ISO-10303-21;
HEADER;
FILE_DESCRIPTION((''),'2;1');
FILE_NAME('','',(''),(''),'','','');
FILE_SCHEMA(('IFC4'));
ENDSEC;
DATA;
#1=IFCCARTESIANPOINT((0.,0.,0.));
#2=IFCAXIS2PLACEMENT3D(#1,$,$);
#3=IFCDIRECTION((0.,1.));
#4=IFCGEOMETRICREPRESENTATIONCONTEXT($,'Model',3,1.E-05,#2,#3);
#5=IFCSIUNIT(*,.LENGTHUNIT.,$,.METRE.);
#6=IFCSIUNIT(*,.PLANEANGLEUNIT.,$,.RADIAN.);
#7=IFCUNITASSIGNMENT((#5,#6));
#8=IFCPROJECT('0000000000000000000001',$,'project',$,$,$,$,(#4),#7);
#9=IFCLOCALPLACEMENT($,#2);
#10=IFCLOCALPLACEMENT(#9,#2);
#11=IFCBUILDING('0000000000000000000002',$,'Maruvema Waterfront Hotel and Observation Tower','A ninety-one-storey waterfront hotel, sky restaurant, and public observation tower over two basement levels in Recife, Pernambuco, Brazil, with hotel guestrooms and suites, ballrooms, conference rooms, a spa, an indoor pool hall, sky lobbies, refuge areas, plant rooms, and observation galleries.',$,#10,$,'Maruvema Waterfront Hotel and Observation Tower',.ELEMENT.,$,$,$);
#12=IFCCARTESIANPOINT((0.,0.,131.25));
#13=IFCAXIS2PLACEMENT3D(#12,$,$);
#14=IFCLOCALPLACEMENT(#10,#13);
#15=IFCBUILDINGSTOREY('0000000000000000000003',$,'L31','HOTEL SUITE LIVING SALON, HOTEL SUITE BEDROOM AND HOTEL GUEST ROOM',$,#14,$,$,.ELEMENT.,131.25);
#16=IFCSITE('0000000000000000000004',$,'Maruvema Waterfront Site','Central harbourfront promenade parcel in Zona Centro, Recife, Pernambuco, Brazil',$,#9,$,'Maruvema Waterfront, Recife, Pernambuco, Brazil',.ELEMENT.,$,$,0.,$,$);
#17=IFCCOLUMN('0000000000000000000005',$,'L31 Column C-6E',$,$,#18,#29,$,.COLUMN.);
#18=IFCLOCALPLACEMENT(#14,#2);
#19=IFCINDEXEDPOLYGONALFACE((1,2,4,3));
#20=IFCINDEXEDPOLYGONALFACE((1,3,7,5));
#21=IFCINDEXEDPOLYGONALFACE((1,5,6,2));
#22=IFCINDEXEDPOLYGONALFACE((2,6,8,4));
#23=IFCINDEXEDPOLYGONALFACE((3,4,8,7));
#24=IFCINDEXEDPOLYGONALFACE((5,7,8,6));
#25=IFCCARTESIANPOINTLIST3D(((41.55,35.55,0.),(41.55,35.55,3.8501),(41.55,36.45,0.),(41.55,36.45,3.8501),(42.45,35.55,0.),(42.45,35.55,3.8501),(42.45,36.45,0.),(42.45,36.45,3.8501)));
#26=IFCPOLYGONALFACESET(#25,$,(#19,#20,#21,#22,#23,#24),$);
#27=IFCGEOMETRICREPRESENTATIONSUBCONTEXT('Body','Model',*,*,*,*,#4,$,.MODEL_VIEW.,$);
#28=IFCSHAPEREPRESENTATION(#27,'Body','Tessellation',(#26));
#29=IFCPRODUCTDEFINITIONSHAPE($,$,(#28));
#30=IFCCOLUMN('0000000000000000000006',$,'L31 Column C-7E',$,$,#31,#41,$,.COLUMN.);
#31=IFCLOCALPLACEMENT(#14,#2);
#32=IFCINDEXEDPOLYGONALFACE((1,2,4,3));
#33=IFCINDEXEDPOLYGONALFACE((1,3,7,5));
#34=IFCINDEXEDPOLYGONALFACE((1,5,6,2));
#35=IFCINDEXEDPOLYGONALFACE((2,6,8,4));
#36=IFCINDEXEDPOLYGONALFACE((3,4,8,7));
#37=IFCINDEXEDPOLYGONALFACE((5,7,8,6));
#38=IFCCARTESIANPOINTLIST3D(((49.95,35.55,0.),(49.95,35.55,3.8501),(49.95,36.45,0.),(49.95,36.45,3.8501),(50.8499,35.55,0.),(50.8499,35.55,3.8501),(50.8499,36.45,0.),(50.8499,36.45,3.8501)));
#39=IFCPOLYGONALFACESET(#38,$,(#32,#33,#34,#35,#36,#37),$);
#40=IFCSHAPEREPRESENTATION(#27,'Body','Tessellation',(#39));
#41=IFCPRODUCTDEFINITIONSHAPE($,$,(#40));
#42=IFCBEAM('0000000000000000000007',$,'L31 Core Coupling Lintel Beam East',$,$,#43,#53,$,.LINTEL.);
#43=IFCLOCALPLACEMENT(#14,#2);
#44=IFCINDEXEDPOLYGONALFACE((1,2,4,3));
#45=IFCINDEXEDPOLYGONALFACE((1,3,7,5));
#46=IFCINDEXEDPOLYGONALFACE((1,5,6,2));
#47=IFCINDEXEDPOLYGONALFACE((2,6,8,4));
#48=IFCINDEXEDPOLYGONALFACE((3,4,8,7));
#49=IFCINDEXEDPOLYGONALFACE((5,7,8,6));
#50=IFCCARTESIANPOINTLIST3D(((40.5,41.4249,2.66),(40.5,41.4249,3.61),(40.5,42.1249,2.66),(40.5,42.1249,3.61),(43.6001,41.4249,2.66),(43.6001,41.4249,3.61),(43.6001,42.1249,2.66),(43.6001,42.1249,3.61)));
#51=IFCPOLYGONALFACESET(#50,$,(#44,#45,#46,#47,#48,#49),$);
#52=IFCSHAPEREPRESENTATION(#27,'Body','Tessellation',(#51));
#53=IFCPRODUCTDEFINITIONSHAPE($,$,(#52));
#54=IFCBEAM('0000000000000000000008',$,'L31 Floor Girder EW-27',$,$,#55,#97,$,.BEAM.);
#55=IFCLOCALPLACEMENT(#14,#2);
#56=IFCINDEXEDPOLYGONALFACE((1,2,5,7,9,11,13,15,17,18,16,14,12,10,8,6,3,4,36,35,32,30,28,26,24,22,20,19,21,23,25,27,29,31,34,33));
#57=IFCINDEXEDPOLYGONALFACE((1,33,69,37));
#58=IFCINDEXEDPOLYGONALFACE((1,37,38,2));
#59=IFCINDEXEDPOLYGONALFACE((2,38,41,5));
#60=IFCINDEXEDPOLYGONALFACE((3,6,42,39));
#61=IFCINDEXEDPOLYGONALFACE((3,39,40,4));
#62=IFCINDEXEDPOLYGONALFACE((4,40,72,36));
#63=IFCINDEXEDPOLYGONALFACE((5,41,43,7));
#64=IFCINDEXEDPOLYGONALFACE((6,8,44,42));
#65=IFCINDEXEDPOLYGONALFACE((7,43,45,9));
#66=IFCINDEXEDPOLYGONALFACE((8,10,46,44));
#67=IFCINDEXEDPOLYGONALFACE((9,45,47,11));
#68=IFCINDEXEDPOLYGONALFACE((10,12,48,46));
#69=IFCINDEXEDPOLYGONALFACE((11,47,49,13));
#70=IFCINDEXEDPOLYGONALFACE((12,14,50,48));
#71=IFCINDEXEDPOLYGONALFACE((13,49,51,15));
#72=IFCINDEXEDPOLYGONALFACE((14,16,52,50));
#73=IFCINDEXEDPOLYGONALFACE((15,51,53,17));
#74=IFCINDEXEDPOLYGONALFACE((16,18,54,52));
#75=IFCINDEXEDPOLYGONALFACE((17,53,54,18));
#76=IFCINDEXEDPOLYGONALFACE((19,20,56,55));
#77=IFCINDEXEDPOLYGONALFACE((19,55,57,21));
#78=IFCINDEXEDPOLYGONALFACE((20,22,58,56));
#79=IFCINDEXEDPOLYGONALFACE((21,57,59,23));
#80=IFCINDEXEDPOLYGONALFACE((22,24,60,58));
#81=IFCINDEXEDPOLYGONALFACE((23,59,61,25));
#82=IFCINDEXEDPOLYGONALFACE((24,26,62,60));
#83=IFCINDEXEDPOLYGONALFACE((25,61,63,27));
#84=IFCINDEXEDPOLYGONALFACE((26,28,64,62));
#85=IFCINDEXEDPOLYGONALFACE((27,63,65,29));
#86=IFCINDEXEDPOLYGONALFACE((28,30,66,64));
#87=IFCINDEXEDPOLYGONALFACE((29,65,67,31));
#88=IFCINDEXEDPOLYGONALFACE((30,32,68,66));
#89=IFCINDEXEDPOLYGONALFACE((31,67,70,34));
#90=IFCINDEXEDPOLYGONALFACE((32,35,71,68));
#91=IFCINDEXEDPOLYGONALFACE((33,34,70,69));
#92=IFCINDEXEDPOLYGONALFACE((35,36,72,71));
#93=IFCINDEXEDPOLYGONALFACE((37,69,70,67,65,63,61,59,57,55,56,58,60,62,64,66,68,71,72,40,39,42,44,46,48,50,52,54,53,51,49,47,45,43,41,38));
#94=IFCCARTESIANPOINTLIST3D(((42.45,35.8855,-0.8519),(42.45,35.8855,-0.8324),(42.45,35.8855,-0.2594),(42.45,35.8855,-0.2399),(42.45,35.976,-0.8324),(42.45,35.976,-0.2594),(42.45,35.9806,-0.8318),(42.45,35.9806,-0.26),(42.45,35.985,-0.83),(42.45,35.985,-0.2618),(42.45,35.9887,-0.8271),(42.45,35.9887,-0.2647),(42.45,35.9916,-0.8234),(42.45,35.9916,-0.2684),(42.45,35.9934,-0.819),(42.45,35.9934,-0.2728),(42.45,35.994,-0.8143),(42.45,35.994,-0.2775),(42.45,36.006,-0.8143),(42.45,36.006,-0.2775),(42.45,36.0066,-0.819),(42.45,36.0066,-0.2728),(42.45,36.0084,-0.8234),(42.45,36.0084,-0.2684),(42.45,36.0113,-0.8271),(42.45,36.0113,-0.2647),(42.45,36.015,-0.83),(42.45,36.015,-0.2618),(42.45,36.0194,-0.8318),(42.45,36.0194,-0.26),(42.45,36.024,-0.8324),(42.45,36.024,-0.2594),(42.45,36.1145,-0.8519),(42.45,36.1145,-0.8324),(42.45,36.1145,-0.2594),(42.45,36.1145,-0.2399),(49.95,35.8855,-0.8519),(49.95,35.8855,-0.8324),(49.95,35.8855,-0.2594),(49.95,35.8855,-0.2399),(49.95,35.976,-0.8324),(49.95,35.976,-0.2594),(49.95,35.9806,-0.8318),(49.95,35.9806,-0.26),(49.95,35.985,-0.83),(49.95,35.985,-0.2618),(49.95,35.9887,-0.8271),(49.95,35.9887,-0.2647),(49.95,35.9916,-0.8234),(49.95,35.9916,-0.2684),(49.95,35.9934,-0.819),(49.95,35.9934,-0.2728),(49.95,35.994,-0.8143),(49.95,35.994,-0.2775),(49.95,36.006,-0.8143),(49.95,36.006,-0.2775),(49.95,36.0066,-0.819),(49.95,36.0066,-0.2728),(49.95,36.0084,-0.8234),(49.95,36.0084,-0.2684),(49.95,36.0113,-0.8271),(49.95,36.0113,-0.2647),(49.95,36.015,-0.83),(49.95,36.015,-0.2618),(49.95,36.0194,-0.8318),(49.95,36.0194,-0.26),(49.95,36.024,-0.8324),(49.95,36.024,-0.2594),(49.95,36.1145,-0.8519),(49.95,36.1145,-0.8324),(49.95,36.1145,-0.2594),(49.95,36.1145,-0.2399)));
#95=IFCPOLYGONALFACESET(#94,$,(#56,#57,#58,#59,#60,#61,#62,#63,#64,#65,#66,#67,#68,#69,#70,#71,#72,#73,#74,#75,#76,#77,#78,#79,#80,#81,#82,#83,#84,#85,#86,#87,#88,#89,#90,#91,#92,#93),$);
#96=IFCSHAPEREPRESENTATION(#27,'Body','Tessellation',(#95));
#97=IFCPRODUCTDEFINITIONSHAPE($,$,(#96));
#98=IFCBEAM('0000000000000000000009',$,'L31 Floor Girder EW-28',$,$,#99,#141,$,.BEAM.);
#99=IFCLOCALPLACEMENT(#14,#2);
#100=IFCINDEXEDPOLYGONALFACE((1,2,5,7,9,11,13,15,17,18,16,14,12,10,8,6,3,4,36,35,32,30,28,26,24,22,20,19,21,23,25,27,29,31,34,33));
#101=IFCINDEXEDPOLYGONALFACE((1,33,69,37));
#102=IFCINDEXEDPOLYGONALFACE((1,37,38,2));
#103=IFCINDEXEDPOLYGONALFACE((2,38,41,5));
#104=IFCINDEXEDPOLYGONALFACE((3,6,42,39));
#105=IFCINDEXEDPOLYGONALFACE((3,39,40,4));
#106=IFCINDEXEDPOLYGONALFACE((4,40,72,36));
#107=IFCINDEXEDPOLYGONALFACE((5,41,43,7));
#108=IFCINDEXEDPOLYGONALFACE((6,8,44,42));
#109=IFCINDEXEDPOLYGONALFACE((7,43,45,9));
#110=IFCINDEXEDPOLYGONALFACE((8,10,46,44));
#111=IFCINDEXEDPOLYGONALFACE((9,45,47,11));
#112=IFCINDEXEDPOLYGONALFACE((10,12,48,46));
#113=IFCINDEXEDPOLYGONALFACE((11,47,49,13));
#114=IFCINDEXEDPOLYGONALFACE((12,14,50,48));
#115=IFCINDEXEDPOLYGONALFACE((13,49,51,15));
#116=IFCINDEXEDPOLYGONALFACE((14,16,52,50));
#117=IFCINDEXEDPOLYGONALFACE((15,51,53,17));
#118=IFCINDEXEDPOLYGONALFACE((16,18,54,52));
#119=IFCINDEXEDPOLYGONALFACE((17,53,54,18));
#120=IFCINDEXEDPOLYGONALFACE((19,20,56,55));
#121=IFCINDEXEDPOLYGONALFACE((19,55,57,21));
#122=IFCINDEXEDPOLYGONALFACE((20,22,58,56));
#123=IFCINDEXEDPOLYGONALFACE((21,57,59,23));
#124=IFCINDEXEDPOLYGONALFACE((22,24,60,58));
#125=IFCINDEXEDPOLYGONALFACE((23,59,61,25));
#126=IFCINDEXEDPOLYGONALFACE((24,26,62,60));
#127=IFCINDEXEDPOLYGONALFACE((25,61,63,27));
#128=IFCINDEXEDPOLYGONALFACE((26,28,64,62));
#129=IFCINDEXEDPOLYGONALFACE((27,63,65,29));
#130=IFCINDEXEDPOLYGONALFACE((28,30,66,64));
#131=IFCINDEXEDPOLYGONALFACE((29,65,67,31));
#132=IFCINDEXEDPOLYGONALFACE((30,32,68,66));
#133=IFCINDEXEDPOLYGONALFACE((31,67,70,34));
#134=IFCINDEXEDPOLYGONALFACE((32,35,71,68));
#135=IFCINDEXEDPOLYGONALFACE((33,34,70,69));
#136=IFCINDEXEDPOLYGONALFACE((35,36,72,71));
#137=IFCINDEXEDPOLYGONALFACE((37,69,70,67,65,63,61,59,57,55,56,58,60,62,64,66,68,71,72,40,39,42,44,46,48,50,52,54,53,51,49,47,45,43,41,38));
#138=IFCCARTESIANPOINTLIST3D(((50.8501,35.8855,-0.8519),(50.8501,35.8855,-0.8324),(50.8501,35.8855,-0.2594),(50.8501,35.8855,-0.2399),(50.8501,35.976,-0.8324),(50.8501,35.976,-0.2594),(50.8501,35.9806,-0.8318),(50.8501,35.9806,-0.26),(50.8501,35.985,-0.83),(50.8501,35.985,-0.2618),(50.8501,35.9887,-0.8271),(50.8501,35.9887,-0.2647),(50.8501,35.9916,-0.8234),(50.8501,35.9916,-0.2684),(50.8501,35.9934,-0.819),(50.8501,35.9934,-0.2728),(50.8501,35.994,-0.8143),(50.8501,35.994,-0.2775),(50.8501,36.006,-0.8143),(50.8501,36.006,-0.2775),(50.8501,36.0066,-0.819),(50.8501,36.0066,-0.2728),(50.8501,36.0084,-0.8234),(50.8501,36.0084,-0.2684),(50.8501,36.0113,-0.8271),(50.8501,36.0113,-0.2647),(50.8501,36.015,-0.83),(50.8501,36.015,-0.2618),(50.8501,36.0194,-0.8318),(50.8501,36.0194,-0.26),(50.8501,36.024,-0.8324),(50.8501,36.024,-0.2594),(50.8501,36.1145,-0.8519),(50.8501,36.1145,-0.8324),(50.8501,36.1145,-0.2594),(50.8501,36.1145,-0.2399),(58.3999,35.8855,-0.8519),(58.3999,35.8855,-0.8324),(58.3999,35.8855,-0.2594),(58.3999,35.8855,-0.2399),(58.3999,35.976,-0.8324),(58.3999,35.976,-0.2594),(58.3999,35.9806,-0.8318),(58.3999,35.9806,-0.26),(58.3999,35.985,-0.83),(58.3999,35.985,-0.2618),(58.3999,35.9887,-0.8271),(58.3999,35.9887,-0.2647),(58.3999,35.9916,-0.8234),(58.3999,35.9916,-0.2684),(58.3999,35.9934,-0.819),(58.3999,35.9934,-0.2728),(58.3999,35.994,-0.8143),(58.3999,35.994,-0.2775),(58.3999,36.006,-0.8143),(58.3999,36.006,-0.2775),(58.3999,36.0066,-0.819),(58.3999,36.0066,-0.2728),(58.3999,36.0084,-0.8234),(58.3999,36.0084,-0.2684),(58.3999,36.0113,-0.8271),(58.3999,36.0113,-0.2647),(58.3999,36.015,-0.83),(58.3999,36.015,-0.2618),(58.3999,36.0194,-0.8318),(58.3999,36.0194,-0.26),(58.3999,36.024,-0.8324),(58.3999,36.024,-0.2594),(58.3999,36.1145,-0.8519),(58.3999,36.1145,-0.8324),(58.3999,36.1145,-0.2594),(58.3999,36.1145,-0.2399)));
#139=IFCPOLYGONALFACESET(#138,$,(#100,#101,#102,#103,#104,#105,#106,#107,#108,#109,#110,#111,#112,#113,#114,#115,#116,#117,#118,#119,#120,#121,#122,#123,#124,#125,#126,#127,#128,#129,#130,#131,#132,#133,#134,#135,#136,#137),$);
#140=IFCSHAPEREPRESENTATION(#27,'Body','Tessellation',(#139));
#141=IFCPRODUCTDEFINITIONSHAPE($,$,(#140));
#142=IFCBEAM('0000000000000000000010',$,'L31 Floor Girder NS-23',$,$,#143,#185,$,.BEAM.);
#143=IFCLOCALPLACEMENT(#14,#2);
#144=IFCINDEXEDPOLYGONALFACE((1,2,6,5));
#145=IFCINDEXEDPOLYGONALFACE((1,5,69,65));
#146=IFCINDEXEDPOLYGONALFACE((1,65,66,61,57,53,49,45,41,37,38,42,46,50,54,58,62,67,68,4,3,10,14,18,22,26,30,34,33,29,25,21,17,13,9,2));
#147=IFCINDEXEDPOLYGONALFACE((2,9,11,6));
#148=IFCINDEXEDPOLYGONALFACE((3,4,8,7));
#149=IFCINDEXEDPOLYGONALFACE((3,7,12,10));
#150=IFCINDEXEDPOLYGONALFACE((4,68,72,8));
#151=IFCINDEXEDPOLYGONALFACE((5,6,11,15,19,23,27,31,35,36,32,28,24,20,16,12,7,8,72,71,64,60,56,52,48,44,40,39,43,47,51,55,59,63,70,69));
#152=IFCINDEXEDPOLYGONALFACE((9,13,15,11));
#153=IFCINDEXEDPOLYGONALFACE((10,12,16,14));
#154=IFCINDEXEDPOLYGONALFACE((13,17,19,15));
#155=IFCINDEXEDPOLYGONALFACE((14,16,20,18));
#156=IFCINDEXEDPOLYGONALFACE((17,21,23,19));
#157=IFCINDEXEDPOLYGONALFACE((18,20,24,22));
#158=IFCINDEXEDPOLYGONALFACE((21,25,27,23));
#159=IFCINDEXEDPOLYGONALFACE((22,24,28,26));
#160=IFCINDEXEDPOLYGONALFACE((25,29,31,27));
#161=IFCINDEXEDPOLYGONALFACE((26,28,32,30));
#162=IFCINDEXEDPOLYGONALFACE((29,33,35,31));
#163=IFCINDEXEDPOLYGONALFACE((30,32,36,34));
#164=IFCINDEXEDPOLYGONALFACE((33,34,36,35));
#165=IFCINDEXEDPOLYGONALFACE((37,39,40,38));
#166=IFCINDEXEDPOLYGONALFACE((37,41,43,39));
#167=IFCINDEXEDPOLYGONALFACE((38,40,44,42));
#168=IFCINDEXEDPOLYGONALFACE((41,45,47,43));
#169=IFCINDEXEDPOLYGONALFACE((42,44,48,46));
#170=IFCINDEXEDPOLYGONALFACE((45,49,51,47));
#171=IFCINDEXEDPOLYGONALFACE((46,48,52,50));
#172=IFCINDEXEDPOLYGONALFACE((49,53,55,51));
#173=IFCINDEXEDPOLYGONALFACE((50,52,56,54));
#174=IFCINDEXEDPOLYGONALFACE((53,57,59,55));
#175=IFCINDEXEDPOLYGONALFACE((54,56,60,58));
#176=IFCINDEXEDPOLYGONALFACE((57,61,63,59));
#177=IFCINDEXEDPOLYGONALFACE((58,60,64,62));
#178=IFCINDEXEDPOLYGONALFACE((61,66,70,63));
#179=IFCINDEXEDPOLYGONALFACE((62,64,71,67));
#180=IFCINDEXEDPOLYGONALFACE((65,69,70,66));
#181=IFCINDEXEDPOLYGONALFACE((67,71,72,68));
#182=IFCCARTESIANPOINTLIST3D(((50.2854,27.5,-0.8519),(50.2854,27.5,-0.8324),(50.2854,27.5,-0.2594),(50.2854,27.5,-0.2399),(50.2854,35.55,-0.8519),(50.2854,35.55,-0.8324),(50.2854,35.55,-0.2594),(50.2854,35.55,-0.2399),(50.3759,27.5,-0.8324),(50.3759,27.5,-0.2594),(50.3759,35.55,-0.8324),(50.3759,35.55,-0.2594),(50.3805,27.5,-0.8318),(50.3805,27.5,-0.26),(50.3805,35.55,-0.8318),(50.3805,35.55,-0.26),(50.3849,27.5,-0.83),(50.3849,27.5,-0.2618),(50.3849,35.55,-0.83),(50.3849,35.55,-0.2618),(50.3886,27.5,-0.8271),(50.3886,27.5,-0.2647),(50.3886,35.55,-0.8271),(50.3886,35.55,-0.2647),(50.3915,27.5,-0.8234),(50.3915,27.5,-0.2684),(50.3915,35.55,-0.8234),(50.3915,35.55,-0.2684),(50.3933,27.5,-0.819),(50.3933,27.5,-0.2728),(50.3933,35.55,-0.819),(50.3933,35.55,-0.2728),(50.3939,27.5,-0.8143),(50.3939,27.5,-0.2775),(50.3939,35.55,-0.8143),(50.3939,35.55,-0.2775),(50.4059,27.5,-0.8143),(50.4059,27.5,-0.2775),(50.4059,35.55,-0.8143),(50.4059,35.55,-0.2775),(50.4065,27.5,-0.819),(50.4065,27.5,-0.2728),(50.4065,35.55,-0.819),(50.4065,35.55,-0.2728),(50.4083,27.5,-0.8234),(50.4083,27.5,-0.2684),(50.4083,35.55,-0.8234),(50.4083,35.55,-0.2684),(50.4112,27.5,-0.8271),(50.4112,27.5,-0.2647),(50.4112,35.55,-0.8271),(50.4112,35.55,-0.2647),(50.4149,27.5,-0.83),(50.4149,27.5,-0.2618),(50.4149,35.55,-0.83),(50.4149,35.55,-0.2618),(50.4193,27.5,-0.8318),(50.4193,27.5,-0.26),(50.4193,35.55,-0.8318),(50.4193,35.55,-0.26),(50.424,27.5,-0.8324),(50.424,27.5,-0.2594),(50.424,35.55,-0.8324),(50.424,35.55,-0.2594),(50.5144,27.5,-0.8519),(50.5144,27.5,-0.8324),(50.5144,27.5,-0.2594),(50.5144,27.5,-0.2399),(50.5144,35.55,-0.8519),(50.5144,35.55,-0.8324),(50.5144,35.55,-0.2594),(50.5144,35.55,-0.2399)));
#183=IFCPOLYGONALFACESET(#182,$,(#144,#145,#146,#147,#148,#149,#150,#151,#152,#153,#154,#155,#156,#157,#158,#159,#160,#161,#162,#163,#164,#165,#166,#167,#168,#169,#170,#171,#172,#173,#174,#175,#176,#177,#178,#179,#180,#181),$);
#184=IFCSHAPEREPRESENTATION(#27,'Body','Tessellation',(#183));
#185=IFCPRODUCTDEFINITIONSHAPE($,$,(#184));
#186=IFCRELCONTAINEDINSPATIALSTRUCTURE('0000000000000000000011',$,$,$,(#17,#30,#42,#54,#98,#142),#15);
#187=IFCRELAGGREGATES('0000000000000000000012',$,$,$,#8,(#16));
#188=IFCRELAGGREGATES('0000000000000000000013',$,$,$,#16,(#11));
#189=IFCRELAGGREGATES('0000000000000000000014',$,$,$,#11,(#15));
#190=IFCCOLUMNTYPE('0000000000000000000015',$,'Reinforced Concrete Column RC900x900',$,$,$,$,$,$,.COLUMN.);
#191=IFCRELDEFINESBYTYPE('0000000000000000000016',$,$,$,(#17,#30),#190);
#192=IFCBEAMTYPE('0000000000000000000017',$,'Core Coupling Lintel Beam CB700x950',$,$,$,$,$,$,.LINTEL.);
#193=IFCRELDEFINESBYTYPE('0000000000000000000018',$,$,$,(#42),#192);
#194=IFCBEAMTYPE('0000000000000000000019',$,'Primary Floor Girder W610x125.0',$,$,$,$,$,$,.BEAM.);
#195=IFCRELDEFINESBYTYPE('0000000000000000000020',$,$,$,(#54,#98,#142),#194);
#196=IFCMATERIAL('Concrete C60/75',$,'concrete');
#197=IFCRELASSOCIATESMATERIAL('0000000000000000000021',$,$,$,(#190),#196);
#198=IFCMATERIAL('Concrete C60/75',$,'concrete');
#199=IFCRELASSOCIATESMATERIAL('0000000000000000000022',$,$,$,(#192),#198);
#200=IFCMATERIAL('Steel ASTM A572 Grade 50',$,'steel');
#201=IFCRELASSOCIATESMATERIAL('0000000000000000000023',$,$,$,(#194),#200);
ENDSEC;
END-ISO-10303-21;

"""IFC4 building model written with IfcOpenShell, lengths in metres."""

from ifc_helpers import new_model, si_unit, direction, frame, origin, origin_2d, place, context, subcontext, project, spatial, rectangle, i_section, extrude, material, material_profile, profile_set, type_object, element, save


model = new_model("IFC4")

# Units and contexts
model_context = context("Model", 3, precision=1e-05, world=origin(), true_north=direction((0.0, 1.0)))
body_context = subcontext(model_context, "Body", "Model", "MODEL_VIEW")
ifc_project = project(units=[si_unit("LENGTHUNIT", "METRE"), si_unit("PLANEANGLEUNIT", "RADIAN")], contexts=[model_context])

# Site, building, storey
site_placement = place(None, origin())
site = spatial("IfcSite", under=ifc_project, at=site_placement, Name="Maruvema Waterfront Site", Description="Central harbourfront promenade parcel in Zona Centro, Recife, Pernambuco, Brazil", LongName="Maruvema Waterfront, Recife, Pernambuco, Brazil", CompositionType="ELEMENT", RefElevation=0.0)
building_placement = place(site_placement, origin())
building = spatial("IfcBuilding", under=site, at=building_placement, Name="Maruvema Waterfront Hotel and Observation Tower", Description="A ninety-one-storey waterfront hotel, sky restaurant, and public observation tower over two basement levels in Recife, Pernambuco, Brazil, with hotel guestrooms and suites, ballrooms, conference rooms, a spa, an indoor pool hall, sky lobbies, refuge areas, plant rooms, and observation galleries.", LongName="Maruvema Waterfront Hotel and Observation Tower", CompositionType="ELEMENT")
storey_placement = place(building_placement, frame((0.0, 0.0, 131.25)))
storey = spatial("IfcBuildingStorey", under=building, at=storey_placement, Name="L31", Description="HOTEL SUITE LIVING SALON, HOTEL SUITE BEDROOM AND HOTEL GUEST ROOM", CompositionType="ELEMENT", Elevation=131.25)

# Columns
ifc_material_1 = material(Name="Concrete C60/75", Category="concrete")
ifc_material_profile_1 = material_profile(ifc_material_1, rectangle(XDim=0.8999, YDim=0.8999, at=origin_2d()), Name="RC900x900")
ifc_profile_set_1 = profile_set([ifc_material_profile_1], Name="Concrete C60/75")
column_type = type_object("IfcColumnType", Name="Reinforced Concrete Column RC900x900", PredefinedType="COLUMN", material=ifc_profile_set_1)
for number, where, z_axis, x_axis, name in (
    (1, (42.0, 36.0, 0.0), (0.0, 0.0, 1.0), (1.0, 0.0, 0.0), "L31 Column C-6E"),
    (2, (50.3999, 36.0, 0.0), (0.0, 0.0, 1.0), (1.0, 0.0, 0.0), "L31 Column C-7E"),
):
    element("IfcColumn", number, at=place(storey_placement, frame(where, z_axis=z_axis, x_axis=x_axis)), inside=storey, type_object=column_type, Name=name, PredefinedType="COLUMN", context=body_context, shape_type="SweptSolid", body=[
        extrude(rectangle(XDim=0.8999, YDim=0.8999, at=origin_2d()), origin(), (0.0, 0.0, 1.0), 3.8501),
    ])

# Beams
ifc_material_2 = material(Name="Concrete C60/75", Category="concrete")
ifc_material_profile_2 = material_profile(ifc_material_2, rectangle(XDim=0.7, YDim=0.95, at=origin_2d()), Name="CB700x950")
ifc_profile_set_2 = profile_set([ifc_material_profile_2], Name="Concrete C60/75")
beam_type_1 = type_object("IfcBeamType", Name="Core Coupling Lintel Beam CB700x950", PredefinedType="LINTEL", material=ifc_profile_set_2)
beam_1_placement = place(storey_placement, frame((40.5, 41.7749, 3.135), z_axis=(1.0, 0.0, 0.0), x_axis=(0.0, 1.0, 0.0)))
element("IfcBeam", 3, at=beam_1_placement, inside=storey, type_object=beam_type_1, Name="L31 Core Coupling Lintel Beam East", PredefinedType="LINTEL", context=body_context, shape_type="SweptSolid", body=[
    extrude(rectangle(XDim=0.7, YDim=0.95, at=origin_2d()), origin(), (0.0, 0.0, 1.0), 3.1001),
])
ifc_material_3 = material(Name="Steel ASTM A572 Grade 50", Category="steel")
ifc_material_profile_3 = material_profile(ifc_material_3, i_section(OverallWidth=0.229, OverallDepth=0.6121, WebThickness=0.012, FlangeThickness=0.0195, FilletRadius=0.0181, at=origin_2d()), Name="W610x125.0")
ifc_profile_set_3 = profile_set([ifc_material_profile_3], Name="Steel ASTM A572 Grade 50")
beam_type_2 = type_object("IfcBeamType", Name="Primary Floor Girder W610x125.0", PredefinedType="BEAM", material=ifc_profile_set_3)
beam_2_placement = place(storey_placement, frame((42.45, 36.0, -0.5459), z_axis=(1.0, 0.0, 0.0), x_axis=(0.0, 1.0, 0.0)))
element("IfcBeam", 4, at=beam_2_placement, inside=storey, type_object=beam_type_2, Name="L31 Floor Girder EW-27", PredefinedType="BEAM", context=body_context, shape_type="SweptSolid", body=[
    extrude(i_section(OverallWidth=0.229, OverallDepth=0.6121, WebThickness=0.012, FlangeThickness=0.0195, FilletRadius=0.0181, at=origin_2d()), origin(), (0.0, 0.0, 1.0), 7.5),
])
beam_3_placement = place(storey_placement, frame((50.8501, 36.0, -0.5459), z_axis=(1.0, 0.0, 0.0), x_axis=(0.0, 1.0, 0.0)))
element("IfcBeam", 5, at=beam_3_placement, inside=storey, type_object=beam_type_2, Name="L31 Floor Girder EW-28", PredefinedType="BEAM", context=body_context, shape_type="SweptSolid", body=[
    extrude(i_section(OverallWidth=0.229, OverallDepth=0.6121, WebThickness=0.012, FlangeThickness=0.0195, FilletRadius=0.0181, at=origin_2d()), origin(), (0.0, 0.0, 1.0), 7.5498),
])
for number, where, z_axis, x_axis, name in (
    (6, (50.3999, 27.5, -0.5459), (0.0, 1.0, 0.0), (-1.0, 0.0, 0.0), "L31 Floor Girder NS-23"),
):
    element("IfcBeam", number, at=place(storey_placement, frame(where, z_axis=z_axis, x_axis=x_axis)), inside=storey, type_object=beam_type_2, Name=name, PredefinedType="BEAM", context=body_context, shape_type="SweptSolid", body=[
        extrude(i_section(OverallWidth=0.229, OverallDepth=0.6121, WebThickness=0.012, FlangeThickness=0.0195, FilletRadius=0.0181, at=origin_2d()), origin(), (0.0, 0.0, 1.0), 8.05),
    ])

save(model, "model.ifc")
